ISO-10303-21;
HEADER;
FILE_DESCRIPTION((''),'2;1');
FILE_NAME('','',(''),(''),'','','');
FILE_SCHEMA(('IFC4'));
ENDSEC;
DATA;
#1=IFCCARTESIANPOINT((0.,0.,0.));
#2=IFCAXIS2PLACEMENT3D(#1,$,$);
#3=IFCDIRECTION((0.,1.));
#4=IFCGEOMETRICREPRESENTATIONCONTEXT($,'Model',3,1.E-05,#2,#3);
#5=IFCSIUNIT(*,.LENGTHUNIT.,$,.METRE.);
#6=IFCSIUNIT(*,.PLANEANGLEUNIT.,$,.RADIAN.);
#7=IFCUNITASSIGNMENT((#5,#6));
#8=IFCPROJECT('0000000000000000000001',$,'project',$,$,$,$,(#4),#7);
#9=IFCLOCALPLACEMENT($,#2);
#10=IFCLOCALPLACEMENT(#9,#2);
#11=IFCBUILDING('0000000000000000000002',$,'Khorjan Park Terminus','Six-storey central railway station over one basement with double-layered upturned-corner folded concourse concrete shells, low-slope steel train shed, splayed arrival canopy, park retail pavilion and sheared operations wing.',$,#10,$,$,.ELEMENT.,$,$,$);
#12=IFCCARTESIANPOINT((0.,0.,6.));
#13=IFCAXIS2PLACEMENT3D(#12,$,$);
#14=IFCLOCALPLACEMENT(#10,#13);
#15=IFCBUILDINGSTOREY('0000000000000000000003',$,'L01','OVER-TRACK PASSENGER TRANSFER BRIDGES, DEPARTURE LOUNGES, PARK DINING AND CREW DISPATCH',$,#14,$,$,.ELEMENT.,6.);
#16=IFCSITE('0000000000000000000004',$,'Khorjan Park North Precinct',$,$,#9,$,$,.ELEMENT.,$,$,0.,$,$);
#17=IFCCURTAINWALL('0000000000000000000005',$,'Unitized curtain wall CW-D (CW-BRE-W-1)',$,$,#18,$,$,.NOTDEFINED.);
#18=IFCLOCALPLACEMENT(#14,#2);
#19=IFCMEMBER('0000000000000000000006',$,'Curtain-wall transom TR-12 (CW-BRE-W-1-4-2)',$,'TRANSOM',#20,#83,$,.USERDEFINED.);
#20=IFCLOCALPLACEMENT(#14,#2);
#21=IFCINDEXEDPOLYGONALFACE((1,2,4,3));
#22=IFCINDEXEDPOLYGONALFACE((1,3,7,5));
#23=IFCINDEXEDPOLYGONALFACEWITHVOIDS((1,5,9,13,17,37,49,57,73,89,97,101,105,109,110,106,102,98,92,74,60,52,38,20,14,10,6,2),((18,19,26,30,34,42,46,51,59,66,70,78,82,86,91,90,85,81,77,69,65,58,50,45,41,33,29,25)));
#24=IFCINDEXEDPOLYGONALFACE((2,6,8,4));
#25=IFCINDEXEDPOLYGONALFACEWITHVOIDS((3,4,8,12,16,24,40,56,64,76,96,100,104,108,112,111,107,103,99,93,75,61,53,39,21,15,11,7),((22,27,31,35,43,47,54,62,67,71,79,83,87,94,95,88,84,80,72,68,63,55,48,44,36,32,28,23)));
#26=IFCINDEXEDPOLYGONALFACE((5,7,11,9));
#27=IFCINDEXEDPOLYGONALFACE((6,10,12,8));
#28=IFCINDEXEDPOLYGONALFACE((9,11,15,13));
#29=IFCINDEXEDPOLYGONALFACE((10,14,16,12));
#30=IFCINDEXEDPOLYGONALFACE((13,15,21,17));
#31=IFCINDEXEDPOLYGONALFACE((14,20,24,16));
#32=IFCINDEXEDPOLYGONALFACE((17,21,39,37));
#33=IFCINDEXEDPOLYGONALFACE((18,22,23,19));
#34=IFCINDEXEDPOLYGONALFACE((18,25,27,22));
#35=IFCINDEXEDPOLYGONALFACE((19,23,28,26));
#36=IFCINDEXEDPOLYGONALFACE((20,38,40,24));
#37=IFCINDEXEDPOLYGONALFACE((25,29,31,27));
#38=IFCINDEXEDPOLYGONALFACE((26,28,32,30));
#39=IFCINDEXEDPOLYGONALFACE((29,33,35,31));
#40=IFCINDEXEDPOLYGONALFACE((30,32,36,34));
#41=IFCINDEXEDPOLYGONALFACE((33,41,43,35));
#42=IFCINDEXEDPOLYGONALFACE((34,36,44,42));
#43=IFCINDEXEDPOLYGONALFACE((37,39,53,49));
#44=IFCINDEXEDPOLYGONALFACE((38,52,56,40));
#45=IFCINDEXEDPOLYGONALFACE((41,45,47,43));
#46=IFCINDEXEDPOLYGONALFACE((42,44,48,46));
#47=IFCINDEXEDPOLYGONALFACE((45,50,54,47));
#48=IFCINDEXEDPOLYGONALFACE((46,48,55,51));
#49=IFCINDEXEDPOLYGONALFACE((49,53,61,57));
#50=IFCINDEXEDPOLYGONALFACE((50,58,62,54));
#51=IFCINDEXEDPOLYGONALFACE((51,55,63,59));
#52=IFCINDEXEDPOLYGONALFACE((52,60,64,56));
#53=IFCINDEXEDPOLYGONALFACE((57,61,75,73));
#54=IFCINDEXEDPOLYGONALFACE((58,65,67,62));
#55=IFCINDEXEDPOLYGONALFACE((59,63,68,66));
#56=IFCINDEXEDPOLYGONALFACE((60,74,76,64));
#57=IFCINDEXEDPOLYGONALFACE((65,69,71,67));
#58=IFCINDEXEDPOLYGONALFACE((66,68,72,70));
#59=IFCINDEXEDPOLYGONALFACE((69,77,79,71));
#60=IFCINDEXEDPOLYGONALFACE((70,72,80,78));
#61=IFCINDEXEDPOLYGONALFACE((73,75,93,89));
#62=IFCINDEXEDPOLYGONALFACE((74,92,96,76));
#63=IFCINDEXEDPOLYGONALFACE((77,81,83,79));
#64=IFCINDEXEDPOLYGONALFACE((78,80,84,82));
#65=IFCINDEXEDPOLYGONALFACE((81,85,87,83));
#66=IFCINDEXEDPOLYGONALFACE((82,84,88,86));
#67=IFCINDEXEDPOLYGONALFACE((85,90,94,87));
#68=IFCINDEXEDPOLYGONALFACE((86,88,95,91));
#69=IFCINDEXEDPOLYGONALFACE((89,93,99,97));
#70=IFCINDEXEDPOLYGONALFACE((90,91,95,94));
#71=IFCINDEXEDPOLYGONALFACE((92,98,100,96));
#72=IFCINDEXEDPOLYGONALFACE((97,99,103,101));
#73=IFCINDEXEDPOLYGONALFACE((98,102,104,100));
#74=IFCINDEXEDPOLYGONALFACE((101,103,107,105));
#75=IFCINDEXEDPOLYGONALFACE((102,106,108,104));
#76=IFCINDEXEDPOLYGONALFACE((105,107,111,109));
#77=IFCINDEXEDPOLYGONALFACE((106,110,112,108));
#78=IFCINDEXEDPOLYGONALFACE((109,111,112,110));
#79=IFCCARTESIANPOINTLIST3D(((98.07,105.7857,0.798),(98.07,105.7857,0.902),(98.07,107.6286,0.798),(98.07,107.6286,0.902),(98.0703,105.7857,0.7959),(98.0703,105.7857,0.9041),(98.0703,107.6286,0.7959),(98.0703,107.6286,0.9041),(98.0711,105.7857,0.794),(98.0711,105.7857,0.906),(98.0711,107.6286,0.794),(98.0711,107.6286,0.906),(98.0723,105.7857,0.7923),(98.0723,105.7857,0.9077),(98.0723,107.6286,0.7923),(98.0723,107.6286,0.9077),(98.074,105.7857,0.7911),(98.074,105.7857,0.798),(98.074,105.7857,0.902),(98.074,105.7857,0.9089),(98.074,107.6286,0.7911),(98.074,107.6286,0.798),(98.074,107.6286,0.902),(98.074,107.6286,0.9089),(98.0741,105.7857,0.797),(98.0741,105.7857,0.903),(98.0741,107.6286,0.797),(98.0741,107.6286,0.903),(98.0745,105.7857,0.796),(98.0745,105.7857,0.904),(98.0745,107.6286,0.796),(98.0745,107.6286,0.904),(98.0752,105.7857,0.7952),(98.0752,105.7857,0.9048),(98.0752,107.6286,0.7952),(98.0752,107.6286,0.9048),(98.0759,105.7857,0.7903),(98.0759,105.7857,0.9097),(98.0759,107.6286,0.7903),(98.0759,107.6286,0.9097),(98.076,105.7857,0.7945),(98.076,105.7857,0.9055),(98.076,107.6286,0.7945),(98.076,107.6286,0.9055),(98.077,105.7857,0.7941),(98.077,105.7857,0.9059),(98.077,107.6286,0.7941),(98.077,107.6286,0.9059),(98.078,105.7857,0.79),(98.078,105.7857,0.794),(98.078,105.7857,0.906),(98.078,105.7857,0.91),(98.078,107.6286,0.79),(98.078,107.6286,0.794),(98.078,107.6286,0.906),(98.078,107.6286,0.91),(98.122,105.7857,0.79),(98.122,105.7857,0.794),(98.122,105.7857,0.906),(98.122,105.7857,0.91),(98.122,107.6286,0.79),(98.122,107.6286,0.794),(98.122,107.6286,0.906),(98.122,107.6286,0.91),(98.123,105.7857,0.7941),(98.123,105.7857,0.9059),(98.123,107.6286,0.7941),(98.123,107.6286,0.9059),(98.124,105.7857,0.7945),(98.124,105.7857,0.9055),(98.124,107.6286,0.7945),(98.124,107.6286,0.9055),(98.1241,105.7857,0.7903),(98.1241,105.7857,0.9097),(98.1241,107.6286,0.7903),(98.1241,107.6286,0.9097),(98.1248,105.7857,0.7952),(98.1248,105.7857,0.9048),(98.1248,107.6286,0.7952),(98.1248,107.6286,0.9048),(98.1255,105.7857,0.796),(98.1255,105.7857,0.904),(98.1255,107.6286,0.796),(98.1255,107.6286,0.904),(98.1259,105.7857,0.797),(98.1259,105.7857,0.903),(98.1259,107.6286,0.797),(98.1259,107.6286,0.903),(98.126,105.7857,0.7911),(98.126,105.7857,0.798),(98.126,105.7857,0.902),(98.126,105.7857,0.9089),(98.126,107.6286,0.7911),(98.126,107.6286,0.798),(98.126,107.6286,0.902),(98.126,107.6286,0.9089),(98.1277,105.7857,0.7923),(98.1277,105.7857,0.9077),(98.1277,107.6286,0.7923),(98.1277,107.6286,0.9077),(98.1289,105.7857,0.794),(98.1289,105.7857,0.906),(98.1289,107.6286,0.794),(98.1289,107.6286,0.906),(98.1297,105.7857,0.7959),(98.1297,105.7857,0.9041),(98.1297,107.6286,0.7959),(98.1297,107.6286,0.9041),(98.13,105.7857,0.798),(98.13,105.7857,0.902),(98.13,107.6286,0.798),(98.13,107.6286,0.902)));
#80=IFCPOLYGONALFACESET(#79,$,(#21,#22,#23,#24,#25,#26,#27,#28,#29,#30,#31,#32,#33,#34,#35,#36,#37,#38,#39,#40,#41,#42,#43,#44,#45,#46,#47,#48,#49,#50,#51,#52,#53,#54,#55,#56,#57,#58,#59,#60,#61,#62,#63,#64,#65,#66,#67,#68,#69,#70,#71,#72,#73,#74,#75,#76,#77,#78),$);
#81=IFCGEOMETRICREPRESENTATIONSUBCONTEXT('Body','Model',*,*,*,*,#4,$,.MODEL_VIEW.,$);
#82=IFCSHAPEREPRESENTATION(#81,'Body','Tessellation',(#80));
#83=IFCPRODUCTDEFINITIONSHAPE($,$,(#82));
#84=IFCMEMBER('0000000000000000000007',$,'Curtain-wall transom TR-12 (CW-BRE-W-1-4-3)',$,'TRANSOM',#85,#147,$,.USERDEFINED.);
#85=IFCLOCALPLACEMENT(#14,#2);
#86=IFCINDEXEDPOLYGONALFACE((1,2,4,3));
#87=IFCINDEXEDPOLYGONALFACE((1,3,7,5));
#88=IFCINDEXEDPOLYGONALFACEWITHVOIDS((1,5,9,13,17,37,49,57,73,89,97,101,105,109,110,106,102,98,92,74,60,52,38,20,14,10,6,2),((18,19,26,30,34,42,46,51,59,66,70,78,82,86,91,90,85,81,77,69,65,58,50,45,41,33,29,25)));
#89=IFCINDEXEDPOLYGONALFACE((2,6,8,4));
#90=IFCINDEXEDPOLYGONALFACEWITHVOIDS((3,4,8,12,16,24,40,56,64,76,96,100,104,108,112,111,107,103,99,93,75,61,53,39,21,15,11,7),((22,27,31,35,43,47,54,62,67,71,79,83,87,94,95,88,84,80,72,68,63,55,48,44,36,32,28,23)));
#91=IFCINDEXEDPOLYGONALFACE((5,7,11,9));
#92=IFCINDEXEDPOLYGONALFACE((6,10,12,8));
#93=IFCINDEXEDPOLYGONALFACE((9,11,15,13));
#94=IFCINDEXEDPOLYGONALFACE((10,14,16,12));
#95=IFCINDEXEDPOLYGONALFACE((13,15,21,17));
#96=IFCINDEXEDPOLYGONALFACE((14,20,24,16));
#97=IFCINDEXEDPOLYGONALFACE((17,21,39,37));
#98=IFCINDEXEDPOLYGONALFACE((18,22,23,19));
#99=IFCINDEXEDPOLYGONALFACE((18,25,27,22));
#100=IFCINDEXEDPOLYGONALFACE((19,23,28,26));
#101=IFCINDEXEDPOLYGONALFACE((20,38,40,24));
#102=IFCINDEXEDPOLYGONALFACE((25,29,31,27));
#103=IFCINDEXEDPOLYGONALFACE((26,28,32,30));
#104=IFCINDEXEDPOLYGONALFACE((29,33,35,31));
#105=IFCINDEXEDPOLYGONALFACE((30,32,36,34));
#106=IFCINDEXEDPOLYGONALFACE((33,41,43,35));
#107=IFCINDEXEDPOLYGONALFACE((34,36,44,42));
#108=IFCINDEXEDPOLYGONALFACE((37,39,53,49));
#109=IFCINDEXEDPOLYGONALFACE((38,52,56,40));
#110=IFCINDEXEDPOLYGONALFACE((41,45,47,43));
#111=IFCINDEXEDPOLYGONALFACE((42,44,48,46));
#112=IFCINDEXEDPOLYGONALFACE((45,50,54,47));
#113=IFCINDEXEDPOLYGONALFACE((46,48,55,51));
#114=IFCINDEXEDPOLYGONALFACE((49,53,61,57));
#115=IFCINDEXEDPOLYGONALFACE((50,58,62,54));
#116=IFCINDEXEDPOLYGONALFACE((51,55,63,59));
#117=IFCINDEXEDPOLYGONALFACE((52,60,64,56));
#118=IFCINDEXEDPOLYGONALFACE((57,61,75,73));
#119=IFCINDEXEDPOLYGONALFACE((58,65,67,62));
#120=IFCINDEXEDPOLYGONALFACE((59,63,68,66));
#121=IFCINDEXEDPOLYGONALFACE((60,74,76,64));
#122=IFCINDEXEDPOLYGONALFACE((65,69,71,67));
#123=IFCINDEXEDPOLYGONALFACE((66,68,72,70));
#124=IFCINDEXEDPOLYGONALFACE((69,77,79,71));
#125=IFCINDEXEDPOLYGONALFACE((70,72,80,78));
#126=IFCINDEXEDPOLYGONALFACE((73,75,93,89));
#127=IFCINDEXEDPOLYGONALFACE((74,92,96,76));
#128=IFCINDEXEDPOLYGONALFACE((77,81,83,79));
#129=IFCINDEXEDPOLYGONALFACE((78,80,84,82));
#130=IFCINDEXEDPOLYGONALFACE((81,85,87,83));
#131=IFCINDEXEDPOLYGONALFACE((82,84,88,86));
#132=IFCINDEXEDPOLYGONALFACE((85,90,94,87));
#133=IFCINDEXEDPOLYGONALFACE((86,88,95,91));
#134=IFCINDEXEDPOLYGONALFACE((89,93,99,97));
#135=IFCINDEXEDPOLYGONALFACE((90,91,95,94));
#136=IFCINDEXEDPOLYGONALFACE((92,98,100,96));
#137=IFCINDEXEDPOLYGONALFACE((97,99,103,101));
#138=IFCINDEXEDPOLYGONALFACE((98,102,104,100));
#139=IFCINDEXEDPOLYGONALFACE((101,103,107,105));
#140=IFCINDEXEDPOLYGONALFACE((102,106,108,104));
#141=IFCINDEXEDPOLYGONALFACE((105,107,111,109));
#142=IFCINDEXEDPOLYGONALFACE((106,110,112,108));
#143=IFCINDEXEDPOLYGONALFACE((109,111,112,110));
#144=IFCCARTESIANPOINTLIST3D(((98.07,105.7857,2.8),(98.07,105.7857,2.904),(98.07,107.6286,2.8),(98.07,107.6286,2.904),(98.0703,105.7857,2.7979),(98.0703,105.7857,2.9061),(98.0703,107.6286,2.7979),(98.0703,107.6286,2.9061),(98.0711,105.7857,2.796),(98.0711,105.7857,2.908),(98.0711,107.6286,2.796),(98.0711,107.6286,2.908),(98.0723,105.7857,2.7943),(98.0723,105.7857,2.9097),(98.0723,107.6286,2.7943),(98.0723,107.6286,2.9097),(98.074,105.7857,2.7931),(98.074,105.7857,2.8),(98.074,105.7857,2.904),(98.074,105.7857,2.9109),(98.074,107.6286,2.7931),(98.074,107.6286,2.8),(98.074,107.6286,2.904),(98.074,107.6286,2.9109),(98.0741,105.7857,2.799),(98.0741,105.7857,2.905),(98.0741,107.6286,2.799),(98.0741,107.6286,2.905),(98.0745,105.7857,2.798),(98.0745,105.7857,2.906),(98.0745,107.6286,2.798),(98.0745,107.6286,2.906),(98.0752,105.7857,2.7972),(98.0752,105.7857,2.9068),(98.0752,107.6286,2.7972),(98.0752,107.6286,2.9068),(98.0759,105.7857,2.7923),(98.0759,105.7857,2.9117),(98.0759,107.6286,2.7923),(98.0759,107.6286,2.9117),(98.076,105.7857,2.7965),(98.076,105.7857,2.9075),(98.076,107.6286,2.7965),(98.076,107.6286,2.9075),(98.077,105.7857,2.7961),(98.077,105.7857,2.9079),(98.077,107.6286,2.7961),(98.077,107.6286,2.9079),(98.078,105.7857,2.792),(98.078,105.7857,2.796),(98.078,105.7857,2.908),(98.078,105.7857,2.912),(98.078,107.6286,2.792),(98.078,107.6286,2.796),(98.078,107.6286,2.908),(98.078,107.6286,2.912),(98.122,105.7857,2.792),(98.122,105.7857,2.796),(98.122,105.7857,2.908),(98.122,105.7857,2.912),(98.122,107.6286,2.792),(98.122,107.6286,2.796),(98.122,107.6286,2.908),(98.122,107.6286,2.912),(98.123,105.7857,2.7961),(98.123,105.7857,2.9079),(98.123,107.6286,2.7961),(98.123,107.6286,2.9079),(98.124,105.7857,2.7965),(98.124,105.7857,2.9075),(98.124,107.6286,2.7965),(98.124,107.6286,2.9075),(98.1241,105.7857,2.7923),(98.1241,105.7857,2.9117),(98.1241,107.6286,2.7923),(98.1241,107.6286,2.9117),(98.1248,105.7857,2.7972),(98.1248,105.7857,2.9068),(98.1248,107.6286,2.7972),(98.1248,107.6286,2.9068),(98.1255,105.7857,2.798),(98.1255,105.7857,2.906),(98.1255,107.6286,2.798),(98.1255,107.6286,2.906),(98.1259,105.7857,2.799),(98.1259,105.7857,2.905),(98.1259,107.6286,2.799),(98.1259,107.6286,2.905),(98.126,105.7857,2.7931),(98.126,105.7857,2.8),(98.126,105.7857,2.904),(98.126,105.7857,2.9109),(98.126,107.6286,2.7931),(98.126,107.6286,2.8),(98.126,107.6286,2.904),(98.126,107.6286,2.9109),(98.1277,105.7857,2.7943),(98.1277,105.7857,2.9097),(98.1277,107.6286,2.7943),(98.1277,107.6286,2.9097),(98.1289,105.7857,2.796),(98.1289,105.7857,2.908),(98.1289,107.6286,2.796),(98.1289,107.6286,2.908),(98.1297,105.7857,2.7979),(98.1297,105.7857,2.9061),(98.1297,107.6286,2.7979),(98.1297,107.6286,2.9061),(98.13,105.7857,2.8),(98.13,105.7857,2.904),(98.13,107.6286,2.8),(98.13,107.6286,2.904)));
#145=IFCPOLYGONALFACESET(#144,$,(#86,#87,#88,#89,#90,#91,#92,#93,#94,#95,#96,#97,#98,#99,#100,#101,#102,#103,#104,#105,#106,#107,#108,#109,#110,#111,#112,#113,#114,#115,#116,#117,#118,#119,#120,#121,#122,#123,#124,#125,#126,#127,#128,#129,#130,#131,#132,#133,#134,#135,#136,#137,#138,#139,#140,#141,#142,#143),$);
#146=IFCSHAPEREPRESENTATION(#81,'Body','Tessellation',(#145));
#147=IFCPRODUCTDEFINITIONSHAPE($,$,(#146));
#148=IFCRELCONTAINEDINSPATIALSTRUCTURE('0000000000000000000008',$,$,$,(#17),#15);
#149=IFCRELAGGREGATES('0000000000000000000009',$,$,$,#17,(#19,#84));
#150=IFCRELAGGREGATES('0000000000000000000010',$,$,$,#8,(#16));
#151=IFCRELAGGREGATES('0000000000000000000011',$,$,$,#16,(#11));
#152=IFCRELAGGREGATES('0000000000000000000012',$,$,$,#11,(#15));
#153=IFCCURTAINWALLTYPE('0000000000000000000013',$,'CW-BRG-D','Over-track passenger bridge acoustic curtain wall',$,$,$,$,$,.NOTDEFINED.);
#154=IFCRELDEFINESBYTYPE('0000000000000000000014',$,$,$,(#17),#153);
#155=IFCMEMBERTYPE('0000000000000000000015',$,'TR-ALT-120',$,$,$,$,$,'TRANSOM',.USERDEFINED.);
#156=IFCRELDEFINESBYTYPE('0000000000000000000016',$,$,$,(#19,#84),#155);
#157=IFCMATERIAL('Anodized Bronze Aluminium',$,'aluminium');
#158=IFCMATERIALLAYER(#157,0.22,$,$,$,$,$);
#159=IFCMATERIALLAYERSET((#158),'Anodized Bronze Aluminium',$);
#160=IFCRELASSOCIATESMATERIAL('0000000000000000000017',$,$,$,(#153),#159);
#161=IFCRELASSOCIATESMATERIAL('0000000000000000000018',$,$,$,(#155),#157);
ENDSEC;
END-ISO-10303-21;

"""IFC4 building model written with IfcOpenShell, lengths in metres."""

from ifc_helpers import new_model, si_unit, direction, frame, origin, origin_2d, place, context, subcontext, project, spatial, hollow_rectangle, extrude, material, layer, layer_set, material_profile, profile_set, type_object, element, aggregate, save


model = new_model("IFC4")

# Units and contexts
model_context = context("Model", 3, precision=1e-05, world=origin(), true_north=direction((0.0, 1.0)))
body_context = subcontext(model_context, "Body", "Model", "MODEL_VIEW")
ifc_project = project(units=[si_unit("LENGTHUNIT", "METRE"), si_unit("PLANEANGLEUNIT", "RADIAN")], contexts=[model_context])

# Site, building, storey
site_placement = place(None, origin())
site = spatial("IfcSite", under=ifc_project, at=site_placement, Name="Khorjan Park North Precinct", CompositionType="ELEMENT", RefElevation=0.0)
building_placement = place(site_placement, origin())
building = spatial("IfcBuilding", under=site, at=building_placement, Name="Khorjan Park Terminus", Description="Six-storey central railway station over one basement with double-layered upturned-corner folded concourse concrete shells, low-slope steel train shed, splayed arrival canopy, park retail pavilion and sheared operations wing.", CompositionType="ELEMENT")
storey_placement = place(building_placement, frame((0.0, 0.0, 6.0)))
storey = spatial("IfcBuildingStorey", under=building, at=storey_placement, Name="L01", Description="OVER-TRACK PASSENGER TRANSFER BRIDGES, DEPARTURE LOUNGES, PARK DINING AND CREW DISPATCH", CompositionType="ELEMENT", Elevation=6.0)

# Curtain wall
ifc_material_1 = material(Name="Anodized Bronze Aluminium", Category="aluminium")
ifc_layer_1 = layer(ifc_material_1, 0.22)
ifc_layer_set_1 = layer_set([ifc_layer_1], Name="Anodized Bronze Aluminium")
curtain_wall_type = type_object("IfcCurtainWallType", Name="CW-BRG-D", Description="Over-track passenger bridge acoustic curtain wall", PredefinedType="NOTDEFINED", material=ifc_layer_set_1)
curtain_wall_1_placement = place(storey_placement, origin())
curtain_wall_1 = element("IfcCurtainWall", 1, at=curtain_wall_1_placement, inside=storey, type_object=curtain_wall_type, Name="Unitized curtain wall CW-D (CW-BRE-W-1)", PredefinedType="NOTDEFINED")

# Members
ifc_material_profile_1 = material_profile(ifc_material_1, hollow_rectangle(XDim=0.06, YDim=0.12, WallThickness=0.004, InnerFilletRadius=0.004, OuterFilletRadius=0.008, at=origin_2d()), Name="ALT 60x120x4")
ifc_profile_set_1 = profile_set([ifc_material_profile_1], Name="Anodized Bronze Aluminium")
member_type_1 = type_object("IfcMemberType", Name="TR-ALT-120", ElementType="TRANSOM", PredefinedType="USERDEFINED", material=ifc_profile_set_1)
member_1_placement = place(storey_placement, frame((98.1, 107.6286, 0.85), z_axis=(0.0, -1.0, 0.0), x_axis=(1.0, 0.0, 0.0)))
member_1 = element("IfcMember", 2, at=member_1_placement, type_object=member_type_1, Name="Curtain-wall transom TR-12 (CW-BRE-W-1-4-2)", ObjectType="TRANSOM", PredefinedType="USERDEFINED", context=body_context, shape_type="SweptSolid", body=[
    extrude(hollow_rectangle(XDim=0.06, YDim=0.12, WallThickness=0.004, InnerFilletRadius=0.004, OuterFilletRadius=0.008, at=origin_2d()), origin(), (0.0, 0.0, 1.0), 1.8429),
])
member_2_placement = place(storey_placement, frame((98.1, 107.6286, 2.852), z_axis=(0.0, -1.0, 0.0), x_axis=(1.0, 0.0, 0.0)))
member_2 = element("IfcMember", 3, at=member_2_placement, type_object=member_type_1, Name="Curtain-wall transom TR-12 (CW-BRE-W-1-4-3)", ObjectType="TRANSOM", PredefinedType="USERDEFINED", context=body_context, shape_type="SweptSolid", body=[
    extrude(hollow_rectangle(XDim=0.06, YDim=0.12, WallThickness=0.004, InnerFilletRadius=0.004, OuterFilletRadius=0.008, at=origin_2d()), origin(), (0.0, 0.0, 1.0), 1.8429),
])

aggregate(curtain_wall_1, [member_1, member_2])

save(model, "model.ifc")
